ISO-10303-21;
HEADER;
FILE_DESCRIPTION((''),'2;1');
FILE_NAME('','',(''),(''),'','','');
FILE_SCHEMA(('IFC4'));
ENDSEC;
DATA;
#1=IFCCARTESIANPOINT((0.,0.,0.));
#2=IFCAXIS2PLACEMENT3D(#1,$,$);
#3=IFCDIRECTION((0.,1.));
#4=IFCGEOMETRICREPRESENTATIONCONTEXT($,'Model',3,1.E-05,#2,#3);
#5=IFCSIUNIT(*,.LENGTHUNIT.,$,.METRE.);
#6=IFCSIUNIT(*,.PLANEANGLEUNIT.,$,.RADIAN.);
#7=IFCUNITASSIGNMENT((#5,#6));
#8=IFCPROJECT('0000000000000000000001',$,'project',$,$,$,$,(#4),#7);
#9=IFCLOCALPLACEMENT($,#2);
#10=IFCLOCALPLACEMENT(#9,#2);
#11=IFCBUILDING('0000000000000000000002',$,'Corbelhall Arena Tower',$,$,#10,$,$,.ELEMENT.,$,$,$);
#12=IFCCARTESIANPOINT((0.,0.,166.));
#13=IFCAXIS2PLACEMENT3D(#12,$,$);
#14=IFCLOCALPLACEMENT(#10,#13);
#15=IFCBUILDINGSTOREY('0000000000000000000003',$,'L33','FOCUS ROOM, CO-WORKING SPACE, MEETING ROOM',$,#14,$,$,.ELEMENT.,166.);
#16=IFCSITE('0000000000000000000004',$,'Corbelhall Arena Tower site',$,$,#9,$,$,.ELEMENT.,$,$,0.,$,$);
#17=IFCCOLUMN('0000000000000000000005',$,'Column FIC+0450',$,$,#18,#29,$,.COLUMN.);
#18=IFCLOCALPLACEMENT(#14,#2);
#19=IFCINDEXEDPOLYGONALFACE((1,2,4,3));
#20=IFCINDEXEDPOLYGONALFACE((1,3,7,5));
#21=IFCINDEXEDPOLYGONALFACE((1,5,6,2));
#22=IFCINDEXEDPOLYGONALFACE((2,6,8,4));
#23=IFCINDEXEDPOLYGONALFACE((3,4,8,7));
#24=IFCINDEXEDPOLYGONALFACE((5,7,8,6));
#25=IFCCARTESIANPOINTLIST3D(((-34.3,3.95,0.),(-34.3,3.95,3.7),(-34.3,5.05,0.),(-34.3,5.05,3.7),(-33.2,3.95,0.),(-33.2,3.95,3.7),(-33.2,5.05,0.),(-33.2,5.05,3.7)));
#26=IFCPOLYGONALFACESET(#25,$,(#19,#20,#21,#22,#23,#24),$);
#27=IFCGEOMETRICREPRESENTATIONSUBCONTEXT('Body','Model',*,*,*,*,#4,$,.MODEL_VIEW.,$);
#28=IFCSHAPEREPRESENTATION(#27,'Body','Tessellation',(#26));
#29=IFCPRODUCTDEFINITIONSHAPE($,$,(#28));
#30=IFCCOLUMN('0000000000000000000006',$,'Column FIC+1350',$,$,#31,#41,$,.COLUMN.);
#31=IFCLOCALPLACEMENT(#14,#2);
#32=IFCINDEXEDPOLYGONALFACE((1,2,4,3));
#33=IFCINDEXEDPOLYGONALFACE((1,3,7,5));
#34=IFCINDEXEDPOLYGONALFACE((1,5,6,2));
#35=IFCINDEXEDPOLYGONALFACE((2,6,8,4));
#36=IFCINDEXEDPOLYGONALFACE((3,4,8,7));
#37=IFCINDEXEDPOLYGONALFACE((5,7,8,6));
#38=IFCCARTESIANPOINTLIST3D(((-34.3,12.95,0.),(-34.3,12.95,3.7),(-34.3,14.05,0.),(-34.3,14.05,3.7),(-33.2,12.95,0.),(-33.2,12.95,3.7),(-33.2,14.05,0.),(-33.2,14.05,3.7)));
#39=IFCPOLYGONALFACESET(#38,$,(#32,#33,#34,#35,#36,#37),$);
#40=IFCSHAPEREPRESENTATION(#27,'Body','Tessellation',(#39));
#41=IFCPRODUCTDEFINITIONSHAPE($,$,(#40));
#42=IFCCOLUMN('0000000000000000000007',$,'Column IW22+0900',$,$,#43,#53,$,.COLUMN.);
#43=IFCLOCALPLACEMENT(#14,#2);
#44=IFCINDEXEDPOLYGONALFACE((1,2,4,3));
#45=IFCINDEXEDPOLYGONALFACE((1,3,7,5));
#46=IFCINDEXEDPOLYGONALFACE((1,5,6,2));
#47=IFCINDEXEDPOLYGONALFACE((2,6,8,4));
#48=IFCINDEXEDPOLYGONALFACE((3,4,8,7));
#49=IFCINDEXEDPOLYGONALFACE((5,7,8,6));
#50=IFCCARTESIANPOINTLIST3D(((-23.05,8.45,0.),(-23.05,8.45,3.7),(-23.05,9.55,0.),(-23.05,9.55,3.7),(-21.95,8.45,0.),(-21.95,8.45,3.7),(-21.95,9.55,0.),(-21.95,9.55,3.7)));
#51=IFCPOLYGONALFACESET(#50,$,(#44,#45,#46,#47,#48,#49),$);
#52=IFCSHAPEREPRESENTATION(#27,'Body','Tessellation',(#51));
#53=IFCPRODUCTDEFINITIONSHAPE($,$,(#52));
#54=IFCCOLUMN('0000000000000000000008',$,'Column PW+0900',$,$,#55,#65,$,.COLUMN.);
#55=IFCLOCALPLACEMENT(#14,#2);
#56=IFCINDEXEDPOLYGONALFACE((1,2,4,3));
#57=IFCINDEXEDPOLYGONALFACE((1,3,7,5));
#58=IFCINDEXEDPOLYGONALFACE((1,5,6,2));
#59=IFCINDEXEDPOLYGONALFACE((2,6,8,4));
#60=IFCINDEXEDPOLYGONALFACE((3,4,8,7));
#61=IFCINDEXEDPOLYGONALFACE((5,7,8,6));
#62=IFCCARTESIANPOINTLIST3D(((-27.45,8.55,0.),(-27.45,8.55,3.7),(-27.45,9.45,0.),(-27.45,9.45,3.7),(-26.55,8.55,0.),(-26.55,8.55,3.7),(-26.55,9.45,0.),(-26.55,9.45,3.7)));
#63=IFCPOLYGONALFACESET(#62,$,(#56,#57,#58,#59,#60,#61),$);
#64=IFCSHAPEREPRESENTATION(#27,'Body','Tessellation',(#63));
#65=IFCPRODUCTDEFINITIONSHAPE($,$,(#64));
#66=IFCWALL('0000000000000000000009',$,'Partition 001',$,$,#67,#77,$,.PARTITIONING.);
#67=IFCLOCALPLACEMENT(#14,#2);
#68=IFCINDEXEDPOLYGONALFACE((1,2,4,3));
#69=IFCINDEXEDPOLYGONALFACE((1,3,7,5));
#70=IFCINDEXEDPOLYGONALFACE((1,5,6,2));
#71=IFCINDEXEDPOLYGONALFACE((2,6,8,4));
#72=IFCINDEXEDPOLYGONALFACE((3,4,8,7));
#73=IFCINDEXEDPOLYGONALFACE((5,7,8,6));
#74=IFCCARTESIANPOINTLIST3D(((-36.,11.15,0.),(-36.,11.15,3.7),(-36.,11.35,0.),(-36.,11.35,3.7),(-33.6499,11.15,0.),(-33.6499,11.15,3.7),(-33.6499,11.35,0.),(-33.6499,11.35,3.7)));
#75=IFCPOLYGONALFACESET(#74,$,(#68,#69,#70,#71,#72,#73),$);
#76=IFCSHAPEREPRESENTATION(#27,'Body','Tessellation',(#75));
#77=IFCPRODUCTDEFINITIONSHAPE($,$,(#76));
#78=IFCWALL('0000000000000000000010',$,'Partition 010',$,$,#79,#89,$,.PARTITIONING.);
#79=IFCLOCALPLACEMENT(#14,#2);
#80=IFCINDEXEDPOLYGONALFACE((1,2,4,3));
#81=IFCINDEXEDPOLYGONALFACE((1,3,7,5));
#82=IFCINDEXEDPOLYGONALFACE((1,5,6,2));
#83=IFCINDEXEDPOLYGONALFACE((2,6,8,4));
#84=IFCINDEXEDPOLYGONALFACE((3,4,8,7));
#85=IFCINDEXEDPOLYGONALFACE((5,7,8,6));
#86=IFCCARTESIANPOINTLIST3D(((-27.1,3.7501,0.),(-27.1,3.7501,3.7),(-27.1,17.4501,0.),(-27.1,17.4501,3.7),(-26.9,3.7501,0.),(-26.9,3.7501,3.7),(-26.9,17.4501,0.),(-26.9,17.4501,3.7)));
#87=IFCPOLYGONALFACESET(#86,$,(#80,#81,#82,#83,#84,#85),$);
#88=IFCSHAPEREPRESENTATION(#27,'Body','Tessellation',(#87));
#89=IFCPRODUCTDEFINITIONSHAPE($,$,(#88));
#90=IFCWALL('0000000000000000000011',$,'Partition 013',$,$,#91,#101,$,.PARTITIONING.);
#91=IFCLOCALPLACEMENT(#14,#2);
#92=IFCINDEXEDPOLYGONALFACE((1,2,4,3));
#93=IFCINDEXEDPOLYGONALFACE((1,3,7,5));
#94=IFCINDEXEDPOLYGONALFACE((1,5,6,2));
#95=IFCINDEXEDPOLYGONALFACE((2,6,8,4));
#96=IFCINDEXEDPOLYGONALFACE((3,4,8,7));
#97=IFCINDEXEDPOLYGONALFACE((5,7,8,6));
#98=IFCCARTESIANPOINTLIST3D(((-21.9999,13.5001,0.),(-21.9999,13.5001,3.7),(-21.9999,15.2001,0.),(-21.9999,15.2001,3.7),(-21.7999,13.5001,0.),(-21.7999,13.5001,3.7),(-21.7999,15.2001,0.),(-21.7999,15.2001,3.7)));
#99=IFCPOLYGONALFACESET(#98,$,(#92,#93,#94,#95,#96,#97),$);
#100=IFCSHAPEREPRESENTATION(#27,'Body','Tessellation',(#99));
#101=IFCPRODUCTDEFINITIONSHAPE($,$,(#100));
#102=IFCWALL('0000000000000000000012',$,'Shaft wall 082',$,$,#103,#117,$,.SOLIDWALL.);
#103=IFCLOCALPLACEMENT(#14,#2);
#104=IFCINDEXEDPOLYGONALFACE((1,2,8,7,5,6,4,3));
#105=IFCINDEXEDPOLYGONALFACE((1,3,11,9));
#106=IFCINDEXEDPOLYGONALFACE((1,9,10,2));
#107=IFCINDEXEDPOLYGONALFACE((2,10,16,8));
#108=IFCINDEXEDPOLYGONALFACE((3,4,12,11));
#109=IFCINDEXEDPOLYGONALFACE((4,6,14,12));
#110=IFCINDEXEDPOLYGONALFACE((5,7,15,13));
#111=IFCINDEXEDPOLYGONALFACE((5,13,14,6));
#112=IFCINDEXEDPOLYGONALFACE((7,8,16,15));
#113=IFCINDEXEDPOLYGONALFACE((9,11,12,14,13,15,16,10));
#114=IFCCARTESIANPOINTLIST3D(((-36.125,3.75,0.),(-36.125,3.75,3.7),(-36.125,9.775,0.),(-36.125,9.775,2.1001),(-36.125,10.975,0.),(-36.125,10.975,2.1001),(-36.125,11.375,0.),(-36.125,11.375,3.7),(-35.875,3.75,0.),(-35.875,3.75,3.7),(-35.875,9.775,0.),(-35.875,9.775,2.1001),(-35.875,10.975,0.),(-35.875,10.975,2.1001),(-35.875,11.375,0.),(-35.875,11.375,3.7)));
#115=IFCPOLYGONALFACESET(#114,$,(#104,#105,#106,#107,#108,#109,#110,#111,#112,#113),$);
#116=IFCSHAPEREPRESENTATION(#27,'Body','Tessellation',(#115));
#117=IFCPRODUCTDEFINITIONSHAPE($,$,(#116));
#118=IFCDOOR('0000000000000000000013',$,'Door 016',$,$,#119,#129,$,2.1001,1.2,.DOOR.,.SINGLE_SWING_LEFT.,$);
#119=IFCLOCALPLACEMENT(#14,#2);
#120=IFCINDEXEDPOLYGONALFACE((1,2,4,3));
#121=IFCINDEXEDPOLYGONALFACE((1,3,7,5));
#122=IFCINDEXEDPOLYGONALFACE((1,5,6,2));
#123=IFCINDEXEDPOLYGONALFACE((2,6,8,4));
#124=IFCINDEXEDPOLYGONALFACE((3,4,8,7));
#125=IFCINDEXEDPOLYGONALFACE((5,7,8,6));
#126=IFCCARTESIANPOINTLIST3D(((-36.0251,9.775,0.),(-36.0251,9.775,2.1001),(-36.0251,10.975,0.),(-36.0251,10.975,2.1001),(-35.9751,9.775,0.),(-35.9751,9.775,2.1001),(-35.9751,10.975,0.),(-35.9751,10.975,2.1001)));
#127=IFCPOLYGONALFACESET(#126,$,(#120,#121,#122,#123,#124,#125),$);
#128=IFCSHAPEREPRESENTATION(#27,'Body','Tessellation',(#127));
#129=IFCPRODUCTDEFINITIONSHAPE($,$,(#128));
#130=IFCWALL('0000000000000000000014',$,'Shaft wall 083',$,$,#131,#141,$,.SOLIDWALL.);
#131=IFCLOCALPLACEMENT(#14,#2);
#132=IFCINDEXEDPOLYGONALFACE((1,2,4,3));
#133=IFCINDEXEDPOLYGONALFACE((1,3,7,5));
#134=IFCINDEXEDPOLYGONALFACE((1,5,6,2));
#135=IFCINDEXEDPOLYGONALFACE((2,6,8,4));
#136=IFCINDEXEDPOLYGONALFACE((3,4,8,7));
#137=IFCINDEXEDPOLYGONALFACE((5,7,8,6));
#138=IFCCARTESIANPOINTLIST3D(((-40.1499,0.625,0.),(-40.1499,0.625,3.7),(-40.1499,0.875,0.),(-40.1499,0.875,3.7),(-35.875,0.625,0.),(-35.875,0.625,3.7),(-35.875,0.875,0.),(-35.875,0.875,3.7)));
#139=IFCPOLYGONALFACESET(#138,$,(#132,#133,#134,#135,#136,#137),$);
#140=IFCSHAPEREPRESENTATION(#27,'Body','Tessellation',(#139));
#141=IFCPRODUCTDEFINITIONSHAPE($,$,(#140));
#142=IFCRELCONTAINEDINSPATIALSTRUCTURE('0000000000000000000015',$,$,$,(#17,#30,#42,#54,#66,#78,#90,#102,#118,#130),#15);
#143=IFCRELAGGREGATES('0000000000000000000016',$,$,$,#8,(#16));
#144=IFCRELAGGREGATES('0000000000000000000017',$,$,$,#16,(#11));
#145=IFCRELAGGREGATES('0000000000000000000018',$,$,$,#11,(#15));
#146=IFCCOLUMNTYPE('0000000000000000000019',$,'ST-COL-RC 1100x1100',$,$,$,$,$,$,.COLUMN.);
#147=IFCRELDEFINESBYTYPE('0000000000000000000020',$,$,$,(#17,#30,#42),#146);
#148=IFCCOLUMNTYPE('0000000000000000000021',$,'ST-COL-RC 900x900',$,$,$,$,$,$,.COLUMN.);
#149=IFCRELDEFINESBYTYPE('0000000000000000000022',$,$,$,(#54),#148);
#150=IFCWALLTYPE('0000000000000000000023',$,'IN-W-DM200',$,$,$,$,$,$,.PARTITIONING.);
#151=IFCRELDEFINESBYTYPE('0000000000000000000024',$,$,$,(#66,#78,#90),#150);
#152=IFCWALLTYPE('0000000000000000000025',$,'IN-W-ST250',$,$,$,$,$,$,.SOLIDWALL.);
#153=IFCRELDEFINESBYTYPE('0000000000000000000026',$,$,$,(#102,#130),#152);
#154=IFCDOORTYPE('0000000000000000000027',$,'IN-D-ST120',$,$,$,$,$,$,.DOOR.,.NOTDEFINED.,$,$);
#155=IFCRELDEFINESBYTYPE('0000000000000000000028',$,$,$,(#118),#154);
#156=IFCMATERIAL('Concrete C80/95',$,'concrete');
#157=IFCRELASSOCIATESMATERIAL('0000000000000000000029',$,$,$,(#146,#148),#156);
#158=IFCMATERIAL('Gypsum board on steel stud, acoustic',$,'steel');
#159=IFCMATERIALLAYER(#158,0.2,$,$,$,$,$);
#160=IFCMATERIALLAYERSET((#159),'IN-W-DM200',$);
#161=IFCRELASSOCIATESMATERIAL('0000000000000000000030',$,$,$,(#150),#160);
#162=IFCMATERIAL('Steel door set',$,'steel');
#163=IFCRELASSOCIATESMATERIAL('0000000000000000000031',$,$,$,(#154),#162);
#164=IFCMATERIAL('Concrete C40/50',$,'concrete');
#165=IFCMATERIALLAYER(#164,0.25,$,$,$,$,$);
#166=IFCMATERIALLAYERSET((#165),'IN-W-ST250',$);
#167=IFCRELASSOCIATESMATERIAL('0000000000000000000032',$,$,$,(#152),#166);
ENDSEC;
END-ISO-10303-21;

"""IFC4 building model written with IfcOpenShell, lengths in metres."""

from ifc_helpers import new_model, si_unit, direction, frame, frame_2d, origin, origin_2d, place, context, subcontext, project, spatial, rectangle, extrude, material, layer, layer_set, material_profile, profile_set, type_object, element, fill, save


model = new_model("IFC4")

# Units and contexts
model_context = context("Model", 3, precision=1e-05, world=origin(), true_north=direction((0.0, 1.0)))
body_context = subcontext(model_context, "Body", "Model", "MODEL_VIEW")
ifc_project = project(units=[si_unit("LENGTHUNIT", "METRE"), si_unit("PLANEANGLEUNIT", "RADIAN")], contexts=[model_context])

# Site, building, storey
site_placement = place(None, origin())
site = spatial("IfcSite", under=ifc_project, at=site_placement, Name="Corbelhall Arena Tower site", CompositionType="ELEMENT", RefElevation=0.0)
building_placement = place(site_placement, origin())
building = spatial("IfcBuilding", under=site, at=building_placement, Name="Corbelhall Arena Tower", CompositionType="ELEMENT")
storey_placement = place(building_placement, frame((0.0, 0.0, 166.0)))
storey = spatial("IfcBuildingStorey", under=building, at=storey_placement, Name="L33", Description="FOCUS ROOM, CO-WORKING SPACE, MEETING ROOM", CompositionType="ELEMENT", Elevation=166.0)

# Columns
ifc_material_1 = material(Name="Concrete C80/95", Category="concrete")
ifc_material_profile_1 = material_profile(ifc_material_1, rectangle(XDim=1.1001, YDim=1.1001, at=origin_2d()))
ifc_profile_set_1 = profile_set([ifc_material_profile_1], Name="Concrete C80/95")
column_type_1 = type_object("IfcColumnType", Name="ST-COL-RC 1100x1100", PredefinedType="COLUMN", material=ifc_profile_set_1)
for number, where, z_axis, x_axis, name in (
    (1, (-33.75, 4.5, 0.0), (0.0, 0.0, 1.0), (1.0, 0.0, 0.0), "Column FIC+0450"),
    (2, (-33.75, 13.5, 0.0), (0.0, 0.0, 1.0), (1.0, 0.0, 0.0), "Column FIC+1350"),
    (3, (-22.5, 9.0, 0.0), (0.0, 0.0, 1.0), (1.0, 0.0, 0.0), "Column IW22+0900"),
):
    element("IfcColumn", number, at=place(storey_placement, frame(where, z_axis=z_axis, x_axis=x_axis)), inside=storey, type_object=column_type_1, Name=name, PredefinedType="COLUMN", context=body_context, shape_type="SweptSolid", body=[
        extrude(rectangle(XDim=1.1001, YDim=1.1001, at=origin_2d()), origin(), (0.0, 0.0, 1.0), 3.7),
    ])
ifc_material_profile_2 = material_profile(ifc_material_1, rectangle(XDim=0.8999, YDim=0.8999, at=origin_2d()))
ifc_profile_set_2 = profile_set([ifc_material_profile_2], Name="Concrete C80/95")
column_type_2 = type_object("IfcColumnType", Name="ST-COL-RC 900x900", PredefinedType="COLUMN", material=ifc_profile_set_2)
column_placement = place(storey_placement, frame((-27.0, 9.0, 0.0), z_axis=(0.0, 0.0, 1.0), x_axis=(1.0, 0.0, 0.0)))
element("IfcColumn", 4, at=column_placement, inside=storey, type_object=column_type_2, Name="Column PW+0900", PredefinedType="COLUMN", context=body_context, shape_type="SweptSolid", body=[
    extrude(rectangle(XDim=0.8999, YDim=0.8999, at=origin_2d()), origin(), (0.0, 0.0, 1.0), 3.7),
])

# Wall
ifc_material_2 = material(Name="Gypsum board on steel stud, acoustic", Category="steel")
ifc_layer_1 = layer(ifc_material_2, 0.2)
ifc_layer_set_1 = layer_set([ifc_layer_1], Name="IN-W-DM200")
wall_type_1 = type_object("IfcWallType", Name="IN-W-DM200", PredefinedType="PARTITIONING", material=ifc_layer_set_1)
wall_1_placement = place(storey_placement, frame((-36.0, 11.25, 0.0), z_axis=(0.0, 0.0, 1.0), x_axis=(1.0, 0.0, 0.0)))
element("IfcWall", 5, at=wall_1_placement, inside=storey, type_object=wall_type_1, Name="Partition 001", PredefinedType="PARTITIONING", context=body_context, shape_type="SweptSolid", body=[
    extrude(rectangle(XDim=2.3501, YDim=0.2, at=frame_2d((1.175, 0.0))), origin(), (0.0, 0.0, 1.0), 3.7),
])

# Shared definitions
ifc_material_3 = material(Name="Steel door set", Category="steel")

# Walls
wall_2_placement = place(storey_placement, frame((-27.0, 3.75, 0.0), z_axis=(0.0, 0.0, 1.0), x_axis=(0.0, 1.0, 0.0)))
element("IfcWall", 6, at=wall_2_placement, inside=storey, type_object=wall_type_1, Name="Partition 010", PredefinedType="PARTITIONING", context=body_context, shape_type="SweptSolid", body=[
    extrude(rectangle(XDim=13.7, YDim=0.2, at=frame_2d((6.8501, 0.0))), origin(), (0.0, 0.0, 1.0), 3.7),
])
wall_3_placement = place(storey_placement, frame((-21.8999, 13.5, 0.0), z_axis=(0.0, 0.0, 1.0), x_axis=(0.0, 1.0, 0.0)))
element("IfcWall", 7, at=wall_3_placement, inside=storey, type_object=wall_type_1, Name="Partition 013", PredefinedType="PARTITIONING", context=body_context, shape_type="SweptSolid", body=[
    extrude(rectangle(XDim=1.7, YDim=0.2, at=frame_2d((0.8501, 0.0))), origin(), (0.0, 0.0, 1.0), 3.7),
])

# Wall, opening, door
ifc_material_4 = material(Name="Concrete C40/50", Category="concrete")
door_type_1 = type_object("IfcDoorType", Name="IN-D-ST120", OperationType="NOTDEFINED", PredefinedType="DOOR", material=ifc_material_3)
ifc_layer_2 = layer(ifc_material_4, 0.25)
ifc_layer_set_2 = layer_set([ifc_layer_2], Name="IN-W-ST250")
wall_type_2 = type_object("IfcWallType", Name="IN-W-ST250", PredefinedType="SOLIDWALL", material=ifc_layer_set_2)
wall_4_placement = place(storey_placement, frame((-36.0, 11.375, 0.0), z_axis=(0.0, 0.0, 1.0), x_axis=(0.0, -1.0, 0.0)))
wall_4 = element("IfcWall", 8, at=wall_4_placement, inside=storey, type_object=wall_type_2, Name="Shaft wall 082", PredefinedType="SOLIDWALL", context=body_context, shape_type="SweptSolid", body=[
    extrude(rectangle(XDim=7.625, YDim=0.25, at=frame_2d((3.8125, 0.0))), origin(), (0.0, 0.0, 1.0), 3.7),
])
opening_1_placement = place(wall_4_placement, frame((0.3999, 0.0, 0.0)))
opening_1 = element("IfcOpeningElement", 9, at=opening_1_placement, cuts=wall_4, PredefinedType="OPENING", context=body_context, shape_type="SweptSolid", body=[
    extrude(rectangle(XDim=1.2, YDim=2.1001, at=frame_2d((0.6001, 1.05))), frame((0.0, 0.125, 0.0), z_axis=(0.0, -1.0, 0.0), x_axis=(1.0, 0.0, 0.0)), (0.0, 0.0, 1.0), 0.25),
])
door_1_placement = place(opening_1_placement, origin())
door_1 = element("IfcDoor", 10, at=door_1_placement, inside=storey, type_object=door_type_1, Name="Door 016", OperationType="SINGLE_SWING_LEFT", OverallHeight=2.1001, OverallWidth=1.2, PredefinedType="DOOR", context=body_context, shape_type="SweptSolid", body=[
    extrude(rectangle(XDim=1.2, YDim=2.1001, at=frame_2d((0.6001, 1.05))), frame((0.0, 0.0249, 0.0), z_axis=(0.0, -1.0, 0.0), x_axis=(1.0, 0.0, 0.0)), (0.0, 0.0, 1.0), 0.05),
])
fill(opening_1, door_1)

# Wall
wall_5_placement = place(storey_placement, frame((-35.875, 0.75, 0.0), z_axis=(0.0, 0.0, 1.0), x_axis=(-1.0, 0.0, 0.0)))
element("IfcWall", 11, at=wall_5_placement, inside=storey, type_object=wall_type_2, Name="Shaft wall 083", PredefinedType="SOLIDWALL", context=body_context, shape_type="SweptSolid", body=[
    extrude(rectangle(XDim=4.2749, YDim=0.25, at=frame_2d((2.1375, 0.0))), origin(), (0.0, 0.0, 1.0), 3.7),
])

save(model, "model.ifc")
